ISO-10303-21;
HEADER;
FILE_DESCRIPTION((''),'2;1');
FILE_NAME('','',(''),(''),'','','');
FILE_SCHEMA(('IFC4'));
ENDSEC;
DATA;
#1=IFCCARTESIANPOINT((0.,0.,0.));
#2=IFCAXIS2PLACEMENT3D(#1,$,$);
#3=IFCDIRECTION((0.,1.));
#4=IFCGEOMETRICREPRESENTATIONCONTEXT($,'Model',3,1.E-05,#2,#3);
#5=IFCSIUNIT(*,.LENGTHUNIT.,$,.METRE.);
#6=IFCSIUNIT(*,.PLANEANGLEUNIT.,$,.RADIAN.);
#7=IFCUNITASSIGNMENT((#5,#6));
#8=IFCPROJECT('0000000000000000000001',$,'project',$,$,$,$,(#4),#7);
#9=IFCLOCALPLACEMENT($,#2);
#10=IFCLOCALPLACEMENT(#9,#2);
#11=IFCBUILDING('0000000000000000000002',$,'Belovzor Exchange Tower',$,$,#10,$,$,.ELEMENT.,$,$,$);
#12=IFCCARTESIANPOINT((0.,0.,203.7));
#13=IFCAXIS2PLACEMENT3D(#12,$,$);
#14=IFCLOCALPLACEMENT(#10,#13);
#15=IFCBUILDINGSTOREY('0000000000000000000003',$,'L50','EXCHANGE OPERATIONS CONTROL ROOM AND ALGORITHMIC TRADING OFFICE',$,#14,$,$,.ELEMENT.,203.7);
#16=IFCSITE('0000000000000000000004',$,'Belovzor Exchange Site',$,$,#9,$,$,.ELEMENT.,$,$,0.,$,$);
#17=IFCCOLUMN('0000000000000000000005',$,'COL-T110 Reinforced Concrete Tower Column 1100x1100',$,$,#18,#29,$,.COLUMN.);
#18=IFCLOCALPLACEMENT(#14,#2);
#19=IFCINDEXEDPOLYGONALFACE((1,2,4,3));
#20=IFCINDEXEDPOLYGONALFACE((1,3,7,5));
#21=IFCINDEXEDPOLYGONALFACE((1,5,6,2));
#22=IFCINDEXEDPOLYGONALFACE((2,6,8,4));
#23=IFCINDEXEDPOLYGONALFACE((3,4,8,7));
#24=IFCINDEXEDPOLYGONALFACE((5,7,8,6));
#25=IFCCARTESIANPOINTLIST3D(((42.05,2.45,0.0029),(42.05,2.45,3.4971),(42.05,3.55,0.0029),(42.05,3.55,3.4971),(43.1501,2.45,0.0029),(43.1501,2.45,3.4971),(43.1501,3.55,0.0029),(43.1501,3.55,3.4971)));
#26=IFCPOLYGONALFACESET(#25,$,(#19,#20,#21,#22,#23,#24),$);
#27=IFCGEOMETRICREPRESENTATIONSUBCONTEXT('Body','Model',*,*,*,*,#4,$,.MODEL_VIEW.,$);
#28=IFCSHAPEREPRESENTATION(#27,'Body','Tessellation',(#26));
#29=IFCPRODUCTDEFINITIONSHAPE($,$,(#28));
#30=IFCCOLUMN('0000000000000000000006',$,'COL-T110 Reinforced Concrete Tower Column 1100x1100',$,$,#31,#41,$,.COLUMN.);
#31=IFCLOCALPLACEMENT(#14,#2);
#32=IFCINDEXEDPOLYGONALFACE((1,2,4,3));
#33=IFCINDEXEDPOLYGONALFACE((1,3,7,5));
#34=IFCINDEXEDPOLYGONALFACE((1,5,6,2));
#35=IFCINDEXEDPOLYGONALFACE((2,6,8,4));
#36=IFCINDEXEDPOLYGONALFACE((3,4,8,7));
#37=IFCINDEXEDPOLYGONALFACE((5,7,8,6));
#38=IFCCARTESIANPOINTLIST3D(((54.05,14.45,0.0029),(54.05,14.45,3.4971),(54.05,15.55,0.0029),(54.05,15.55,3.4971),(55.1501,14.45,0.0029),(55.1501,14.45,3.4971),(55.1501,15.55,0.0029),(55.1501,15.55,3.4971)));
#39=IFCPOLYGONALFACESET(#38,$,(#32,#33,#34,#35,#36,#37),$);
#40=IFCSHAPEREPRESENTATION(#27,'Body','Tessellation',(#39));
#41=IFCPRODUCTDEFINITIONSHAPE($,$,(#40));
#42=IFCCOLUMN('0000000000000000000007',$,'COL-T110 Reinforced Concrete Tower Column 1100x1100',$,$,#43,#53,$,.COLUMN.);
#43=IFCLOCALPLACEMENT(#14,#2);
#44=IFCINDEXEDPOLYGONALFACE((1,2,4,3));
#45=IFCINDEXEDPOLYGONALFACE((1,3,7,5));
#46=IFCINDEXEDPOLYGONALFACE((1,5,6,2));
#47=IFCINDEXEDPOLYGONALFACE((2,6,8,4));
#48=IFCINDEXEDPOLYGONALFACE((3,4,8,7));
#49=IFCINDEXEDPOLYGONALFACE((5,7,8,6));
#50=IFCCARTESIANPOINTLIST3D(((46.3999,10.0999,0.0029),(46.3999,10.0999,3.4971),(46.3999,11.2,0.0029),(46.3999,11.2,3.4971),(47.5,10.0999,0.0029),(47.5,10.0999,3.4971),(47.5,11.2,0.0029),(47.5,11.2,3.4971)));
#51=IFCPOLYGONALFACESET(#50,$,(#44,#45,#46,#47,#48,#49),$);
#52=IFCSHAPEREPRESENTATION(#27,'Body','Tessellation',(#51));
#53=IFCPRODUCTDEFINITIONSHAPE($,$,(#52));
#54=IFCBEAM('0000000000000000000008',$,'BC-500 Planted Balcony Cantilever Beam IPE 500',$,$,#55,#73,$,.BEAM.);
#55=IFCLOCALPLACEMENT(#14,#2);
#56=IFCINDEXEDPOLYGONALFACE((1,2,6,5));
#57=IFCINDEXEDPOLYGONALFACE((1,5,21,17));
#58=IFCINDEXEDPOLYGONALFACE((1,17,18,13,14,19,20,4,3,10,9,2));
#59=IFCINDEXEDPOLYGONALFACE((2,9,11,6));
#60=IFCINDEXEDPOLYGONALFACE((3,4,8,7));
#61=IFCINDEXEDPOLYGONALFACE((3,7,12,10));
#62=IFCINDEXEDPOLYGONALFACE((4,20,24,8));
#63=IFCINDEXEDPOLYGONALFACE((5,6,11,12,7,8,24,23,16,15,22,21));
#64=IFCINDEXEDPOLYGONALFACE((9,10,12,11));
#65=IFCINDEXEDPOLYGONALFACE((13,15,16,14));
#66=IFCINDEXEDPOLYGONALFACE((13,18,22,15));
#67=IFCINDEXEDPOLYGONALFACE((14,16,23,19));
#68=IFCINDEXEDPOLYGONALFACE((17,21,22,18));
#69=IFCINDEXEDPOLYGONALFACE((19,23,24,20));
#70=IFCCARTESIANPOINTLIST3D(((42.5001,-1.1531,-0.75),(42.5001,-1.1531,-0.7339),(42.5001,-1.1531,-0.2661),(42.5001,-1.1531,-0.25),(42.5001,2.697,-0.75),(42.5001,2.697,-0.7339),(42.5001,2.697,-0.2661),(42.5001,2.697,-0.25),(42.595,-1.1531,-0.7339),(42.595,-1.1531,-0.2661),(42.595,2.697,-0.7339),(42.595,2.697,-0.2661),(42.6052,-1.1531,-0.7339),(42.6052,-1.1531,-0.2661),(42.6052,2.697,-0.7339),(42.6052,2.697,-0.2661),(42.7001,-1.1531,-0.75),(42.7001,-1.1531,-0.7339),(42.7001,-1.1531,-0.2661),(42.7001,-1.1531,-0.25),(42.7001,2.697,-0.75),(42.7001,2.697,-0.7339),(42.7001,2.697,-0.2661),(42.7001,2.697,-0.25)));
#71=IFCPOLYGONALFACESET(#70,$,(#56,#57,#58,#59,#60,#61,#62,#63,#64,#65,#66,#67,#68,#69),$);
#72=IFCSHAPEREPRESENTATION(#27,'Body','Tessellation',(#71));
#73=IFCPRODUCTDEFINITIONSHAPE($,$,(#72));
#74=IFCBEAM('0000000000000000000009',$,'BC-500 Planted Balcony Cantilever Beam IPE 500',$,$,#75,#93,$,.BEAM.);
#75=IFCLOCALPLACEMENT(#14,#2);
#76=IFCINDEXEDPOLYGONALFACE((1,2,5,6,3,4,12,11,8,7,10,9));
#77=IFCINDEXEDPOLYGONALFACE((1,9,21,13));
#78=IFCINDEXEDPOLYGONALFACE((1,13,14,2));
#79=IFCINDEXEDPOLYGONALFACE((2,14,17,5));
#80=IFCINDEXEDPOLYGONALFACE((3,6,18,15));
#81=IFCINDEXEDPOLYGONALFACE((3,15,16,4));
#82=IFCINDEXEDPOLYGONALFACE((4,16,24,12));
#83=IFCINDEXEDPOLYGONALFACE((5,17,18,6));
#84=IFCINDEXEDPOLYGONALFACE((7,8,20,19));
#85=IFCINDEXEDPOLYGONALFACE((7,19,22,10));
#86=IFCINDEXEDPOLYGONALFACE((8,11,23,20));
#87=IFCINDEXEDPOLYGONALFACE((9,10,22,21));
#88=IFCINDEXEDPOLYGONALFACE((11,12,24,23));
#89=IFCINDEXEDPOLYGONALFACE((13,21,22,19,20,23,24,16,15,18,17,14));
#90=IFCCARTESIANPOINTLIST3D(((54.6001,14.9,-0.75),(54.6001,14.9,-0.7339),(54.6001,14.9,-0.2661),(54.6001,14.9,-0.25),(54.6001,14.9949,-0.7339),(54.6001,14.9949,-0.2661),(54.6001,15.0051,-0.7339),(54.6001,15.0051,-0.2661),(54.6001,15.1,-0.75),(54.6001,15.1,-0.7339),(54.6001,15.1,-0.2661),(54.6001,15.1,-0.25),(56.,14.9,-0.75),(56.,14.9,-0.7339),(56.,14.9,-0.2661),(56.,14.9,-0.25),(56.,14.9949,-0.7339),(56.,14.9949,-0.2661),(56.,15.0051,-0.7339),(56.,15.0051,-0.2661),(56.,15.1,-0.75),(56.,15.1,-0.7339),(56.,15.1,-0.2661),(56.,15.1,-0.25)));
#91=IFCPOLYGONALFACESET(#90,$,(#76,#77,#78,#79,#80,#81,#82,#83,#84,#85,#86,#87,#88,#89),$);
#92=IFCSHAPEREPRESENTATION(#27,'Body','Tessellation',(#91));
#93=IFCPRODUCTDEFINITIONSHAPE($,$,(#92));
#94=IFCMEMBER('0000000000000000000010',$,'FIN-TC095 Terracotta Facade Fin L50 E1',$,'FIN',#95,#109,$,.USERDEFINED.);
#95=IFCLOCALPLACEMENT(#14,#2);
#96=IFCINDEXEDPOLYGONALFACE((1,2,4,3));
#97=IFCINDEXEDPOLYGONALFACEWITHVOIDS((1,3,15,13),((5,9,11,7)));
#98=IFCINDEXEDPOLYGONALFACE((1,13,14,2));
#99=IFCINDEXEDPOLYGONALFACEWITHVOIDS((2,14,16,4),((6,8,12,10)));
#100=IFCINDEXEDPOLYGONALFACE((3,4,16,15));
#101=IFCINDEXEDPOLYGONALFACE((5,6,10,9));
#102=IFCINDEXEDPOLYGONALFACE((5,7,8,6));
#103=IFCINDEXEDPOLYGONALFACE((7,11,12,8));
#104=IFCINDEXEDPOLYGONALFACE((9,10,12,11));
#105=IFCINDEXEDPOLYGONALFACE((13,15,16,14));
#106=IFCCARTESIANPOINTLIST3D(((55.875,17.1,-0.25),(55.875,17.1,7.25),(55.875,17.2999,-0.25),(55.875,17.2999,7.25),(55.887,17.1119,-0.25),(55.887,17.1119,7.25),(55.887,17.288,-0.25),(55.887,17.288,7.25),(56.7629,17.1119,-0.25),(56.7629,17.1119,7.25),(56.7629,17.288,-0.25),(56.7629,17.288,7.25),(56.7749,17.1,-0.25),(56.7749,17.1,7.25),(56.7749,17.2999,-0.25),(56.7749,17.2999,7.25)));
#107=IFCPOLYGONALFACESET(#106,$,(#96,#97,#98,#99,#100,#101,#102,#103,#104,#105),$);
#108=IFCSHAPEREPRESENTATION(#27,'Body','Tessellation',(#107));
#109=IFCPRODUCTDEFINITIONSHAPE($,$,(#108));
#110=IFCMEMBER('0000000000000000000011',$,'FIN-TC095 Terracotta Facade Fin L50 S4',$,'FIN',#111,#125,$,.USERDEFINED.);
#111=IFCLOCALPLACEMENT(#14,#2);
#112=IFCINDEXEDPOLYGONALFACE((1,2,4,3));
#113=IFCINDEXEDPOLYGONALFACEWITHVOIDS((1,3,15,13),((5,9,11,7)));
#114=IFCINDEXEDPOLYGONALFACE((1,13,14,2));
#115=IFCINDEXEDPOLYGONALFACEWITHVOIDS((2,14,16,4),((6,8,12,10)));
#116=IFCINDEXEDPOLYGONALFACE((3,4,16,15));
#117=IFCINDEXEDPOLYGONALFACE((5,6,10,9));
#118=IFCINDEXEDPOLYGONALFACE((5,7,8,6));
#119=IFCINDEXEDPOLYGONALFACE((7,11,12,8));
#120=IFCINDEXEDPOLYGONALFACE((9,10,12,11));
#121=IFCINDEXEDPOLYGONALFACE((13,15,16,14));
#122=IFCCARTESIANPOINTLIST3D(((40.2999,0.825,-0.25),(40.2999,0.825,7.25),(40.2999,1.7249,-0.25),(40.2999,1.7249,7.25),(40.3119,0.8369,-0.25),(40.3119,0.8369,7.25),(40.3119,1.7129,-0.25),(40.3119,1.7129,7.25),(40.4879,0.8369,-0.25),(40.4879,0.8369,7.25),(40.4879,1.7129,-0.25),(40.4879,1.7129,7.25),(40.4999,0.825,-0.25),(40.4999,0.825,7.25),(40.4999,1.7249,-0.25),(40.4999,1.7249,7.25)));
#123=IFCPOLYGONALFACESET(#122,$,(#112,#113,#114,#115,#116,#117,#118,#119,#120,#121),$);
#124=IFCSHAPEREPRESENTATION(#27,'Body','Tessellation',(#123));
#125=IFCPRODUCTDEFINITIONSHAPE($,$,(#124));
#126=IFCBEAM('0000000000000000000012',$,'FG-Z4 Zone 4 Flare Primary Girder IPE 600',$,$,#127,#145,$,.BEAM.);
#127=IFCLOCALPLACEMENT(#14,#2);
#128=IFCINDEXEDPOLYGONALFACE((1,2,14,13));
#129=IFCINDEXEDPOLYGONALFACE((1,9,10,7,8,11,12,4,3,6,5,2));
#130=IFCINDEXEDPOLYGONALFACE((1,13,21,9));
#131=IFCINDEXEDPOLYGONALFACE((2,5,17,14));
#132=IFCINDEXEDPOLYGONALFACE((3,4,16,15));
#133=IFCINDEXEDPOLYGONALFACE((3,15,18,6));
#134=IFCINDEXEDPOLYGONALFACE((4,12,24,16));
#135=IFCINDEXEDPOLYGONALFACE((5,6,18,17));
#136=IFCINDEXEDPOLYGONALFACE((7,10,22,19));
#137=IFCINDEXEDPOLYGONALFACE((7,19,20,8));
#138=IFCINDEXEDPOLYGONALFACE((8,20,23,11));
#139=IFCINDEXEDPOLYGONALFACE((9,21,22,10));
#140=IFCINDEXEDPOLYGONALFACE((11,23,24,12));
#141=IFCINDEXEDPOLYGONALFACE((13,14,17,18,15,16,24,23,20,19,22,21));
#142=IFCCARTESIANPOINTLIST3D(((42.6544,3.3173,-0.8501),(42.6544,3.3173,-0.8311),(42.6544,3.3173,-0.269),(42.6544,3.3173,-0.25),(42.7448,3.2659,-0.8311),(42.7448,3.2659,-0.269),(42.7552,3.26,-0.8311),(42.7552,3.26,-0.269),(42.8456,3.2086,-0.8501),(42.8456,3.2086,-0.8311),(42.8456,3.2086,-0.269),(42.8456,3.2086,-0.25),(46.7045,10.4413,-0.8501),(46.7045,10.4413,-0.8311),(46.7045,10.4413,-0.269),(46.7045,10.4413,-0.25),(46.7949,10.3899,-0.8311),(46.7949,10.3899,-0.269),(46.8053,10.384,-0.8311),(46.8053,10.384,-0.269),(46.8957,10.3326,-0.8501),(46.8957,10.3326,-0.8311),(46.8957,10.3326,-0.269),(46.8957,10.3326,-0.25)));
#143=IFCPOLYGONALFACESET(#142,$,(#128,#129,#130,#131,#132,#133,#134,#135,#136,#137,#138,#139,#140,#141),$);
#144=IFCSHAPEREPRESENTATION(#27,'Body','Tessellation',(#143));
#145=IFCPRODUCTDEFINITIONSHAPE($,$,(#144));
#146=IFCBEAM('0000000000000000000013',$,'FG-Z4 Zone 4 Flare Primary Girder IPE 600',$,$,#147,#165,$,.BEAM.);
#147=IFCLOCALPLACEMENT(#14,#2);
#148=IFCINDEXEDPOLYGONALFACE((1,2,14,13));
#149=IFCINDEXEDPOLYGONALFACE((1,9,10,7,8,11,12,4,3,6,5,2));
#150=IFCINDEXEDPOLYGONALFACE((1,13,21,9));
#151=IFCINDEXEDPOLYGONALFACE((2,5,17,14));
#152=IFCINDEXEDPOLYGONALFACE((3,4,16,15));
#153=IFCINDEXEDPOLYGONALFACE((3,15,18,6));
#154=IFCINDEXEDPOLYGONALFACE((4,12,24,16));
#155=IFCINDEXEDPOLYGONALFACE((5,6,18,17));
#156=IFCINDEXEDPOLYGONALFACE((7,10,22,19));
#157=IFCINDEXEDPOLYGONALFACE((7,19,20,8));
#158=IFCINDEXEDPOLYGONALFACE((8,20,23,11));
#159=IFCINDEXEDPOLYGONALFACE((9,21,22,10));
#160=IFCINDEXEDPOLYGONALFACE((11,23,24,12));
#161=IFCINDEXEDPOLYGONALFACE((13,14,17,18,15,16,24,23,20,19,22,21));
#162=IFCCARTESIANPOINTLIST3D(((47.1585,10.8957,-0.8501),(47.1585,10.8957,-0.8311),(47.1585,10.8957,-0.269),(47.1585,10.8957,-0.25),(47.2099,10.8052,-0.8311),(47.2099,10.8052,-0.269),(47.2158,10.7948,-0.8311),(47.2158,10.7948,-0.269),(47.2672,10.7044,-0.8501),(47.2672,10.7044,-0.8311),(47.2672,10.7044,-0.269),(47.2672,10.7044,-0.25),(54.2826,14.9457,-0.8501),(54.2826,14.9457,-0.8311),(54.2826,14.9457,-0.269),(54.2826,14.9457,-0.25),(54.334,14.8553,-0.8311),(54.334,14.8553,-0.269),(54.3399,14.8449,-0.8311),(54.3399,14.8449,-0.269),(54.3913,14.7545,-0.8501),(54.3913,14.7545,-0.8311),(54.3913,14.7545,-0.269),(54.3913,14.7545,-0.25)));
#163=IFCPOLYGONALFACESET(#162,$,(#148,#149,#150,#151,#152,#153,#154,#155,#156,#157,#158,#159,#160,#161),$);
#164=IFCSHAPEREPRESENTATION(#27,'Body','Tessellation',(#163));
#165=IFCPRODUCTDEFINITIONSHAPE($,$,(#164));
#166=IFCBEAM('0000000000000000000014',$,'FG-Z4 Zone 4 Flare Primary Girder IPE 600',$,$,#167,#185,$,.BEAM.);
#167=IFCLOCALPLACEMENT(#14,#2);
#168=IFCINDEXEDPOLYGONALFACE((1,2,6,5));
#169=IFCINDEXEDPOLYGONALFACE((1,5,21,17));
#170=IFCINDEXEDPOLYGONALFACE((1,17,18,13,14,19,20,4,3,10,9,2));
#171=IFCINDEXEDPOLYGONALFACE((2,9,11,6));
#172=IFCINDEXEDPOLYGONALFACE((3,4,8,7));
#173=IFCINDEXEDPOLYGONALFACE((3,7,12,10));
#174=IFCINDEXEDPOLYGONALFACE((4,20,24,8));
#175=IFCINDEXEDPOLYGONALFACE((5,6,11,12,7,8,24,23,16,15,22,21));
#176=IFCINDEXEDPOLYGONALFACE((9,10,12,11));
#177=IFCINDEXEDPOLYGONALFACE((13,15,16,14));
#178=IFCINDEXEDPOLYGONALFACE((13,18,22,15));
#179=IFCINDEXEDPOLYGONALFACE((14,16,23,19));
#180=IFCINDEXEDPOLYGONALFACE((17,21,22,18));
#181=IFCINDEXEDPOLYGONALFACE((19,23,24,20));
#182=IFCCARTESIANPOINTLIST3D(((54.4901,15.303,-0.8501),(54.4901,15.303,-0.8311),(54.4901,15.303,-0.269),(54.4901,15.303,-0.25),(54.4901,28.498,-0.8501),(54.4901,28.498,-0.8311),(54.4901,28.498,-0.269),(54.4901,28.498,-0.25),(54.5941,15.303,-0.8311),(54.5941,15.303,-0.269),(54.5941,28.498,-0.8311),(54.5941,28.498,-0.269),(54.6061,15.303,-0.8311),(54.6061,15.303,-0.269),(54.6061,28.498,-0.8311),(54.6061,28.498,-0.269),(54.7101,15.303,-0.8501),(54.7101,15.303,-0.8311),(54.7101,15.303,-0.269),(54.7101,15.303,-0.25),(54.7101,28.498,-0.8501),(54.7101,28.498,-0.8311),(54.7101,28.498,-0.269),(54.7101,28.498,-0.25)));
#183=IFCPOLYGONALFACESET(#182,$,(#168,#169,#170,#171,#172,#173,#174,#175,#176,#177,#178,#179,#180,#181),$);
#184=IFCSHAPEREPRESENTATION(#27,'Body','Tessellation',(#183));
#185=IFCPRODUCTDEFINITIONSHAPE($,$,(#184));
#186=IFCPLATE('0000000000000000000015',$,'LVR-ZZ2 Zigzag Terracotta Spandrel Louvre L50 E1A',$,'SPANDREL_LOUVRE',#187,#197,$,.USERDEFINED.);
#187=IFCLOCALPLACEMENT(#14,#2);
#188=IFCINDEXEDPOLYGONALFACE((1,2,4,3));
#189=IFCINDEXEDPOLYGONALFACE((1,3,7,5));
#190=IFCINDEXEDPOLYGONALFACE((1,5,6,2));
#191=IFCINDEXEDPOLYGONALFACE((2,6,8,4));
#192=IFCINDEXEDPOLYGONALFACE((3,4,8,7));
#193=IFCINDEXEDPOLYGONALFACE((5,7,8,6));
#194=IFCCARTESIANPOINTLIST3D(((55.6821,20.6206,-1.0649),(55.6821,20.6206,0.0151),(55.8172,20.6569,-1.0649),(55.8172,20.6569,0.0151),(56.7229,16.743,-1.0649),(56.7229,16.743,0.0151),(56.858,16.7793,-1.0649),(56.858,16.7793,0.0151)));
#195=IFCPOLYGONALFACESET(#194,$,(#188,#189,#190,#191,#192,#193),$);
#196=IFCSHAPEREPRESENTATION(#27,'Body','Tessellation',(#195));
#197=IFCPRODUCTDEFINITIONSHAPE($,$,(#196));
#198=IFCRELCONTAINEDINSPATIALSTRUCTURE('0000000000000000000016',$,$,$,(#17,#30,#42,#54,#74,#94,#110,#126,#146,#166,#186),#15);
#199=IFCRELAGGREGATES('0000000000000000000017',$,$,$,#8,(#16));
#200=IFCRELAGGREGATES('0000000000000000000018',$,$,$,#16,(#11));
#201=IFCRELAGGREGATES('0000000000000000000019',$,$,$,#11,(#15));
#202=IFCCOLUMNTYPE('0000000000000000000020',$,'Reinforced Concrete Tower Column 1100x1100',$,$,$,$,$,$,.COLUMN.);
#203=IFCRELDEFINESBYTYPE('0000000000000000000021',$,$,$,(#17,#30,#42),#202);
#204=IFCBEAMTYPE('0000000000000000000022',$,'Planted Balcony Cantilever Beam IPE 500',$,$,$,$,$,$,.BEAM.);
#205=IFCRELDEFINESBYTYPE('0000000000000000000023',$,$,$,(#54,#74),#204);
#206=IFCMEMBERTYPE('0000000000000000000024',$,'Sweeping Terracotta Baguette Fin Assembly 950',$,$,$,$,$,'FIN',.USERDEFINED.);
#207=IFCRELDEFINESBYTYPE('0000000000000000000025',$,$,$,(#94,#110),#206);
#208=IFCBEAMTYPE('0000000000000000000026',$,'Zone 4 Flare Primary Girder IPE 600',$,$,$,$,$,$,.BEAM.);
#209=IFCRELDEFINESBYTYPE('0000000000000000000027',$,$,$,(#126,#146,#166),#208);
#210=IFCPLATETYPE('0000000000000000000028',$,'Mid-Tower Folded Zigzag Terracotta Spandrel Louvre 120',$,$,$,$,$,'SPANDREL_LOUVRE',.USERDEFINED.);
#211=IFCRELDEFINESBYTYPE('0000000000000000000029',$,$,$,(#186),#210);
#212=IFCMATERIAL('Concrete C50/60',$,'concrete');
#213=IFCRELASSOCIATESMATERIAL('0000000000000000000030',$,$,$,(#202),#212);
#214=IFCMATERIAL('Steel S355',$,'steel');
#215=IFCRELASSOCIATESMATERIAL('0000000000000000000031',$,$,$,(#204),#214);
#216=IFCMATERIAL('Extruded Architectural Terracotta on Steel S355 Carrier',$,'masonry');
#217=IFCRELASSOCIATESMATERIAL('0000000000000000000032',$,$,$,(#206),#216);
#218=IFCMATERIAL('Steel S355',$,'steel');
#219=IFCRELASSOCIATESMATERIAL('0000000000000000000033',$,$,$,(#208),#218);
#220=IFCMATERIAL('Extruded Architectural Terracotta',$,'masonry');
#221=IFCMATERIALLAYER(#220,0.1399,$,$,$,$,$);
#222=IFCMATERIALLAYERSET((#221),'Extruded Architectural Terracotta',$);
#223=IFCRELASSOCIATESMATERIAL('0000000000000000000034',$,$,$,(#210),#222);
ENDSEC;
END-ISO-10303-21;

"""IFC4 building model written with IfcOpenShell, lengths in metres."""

from ifc_helpers import new_model, si_unit, direction, frame, origin, origin_2d, place, context, subcontext, project, spatial, rectangle, hollow_rectangle, i_section, extrude, material, layer, layer_set, material_profile, profile_set, type_object, element, save


model = new_model("IFC4")

# Units and contexts
model_context = context("Model", 3, precision=1e-05, world=origin(), true_north=direction((0.0, 1.0)))
body_context = subcontext(model_context, "Body", "Model", "MODEL_VIEW")
ifc_project = project(units=[si_unit("LENGTHUNIT", "METRE"), si_unit("PLANEANGLEUNIT", "RADIAN")], contexts=[model_context])

# Site, building, storey
site_placement = place(None, origin())
site = spatial("IfcSite", under=ifc_project, at=site_placement, Name="Belovzor Exchange Site", CompositionType="ELEMENT", RefElevation=0.0)
building_placement = place(site_placement, origin())
building = spatial("IfcBuilding", under=site, at=building_placement, Name="Belovzor Exchange Tower", CompositionType="ELEMENT")
storey_placement = place(building_placement, frame((0.0, 0.0, 203.7)))
storey = spatial("IfcBuildingStorey", under=building, at=storey_placement, Name="L50", Description="EXCHANGE OPERATIONS CONTROL ROOM AND ALGORITHMIC TRADING OFFICE", CompositionType="ELEMENT", Elevation=203.7)

# Columns
ifc_material_1 = material(Name="Concrete C50/60", Category="concrete")
ifc_material_profile_1 = material_profile(ifc_material_1, rectangle(XDim=1.1001, YDim=1.1001, at=origin_2d()))
ifc_profile_set_1 = profile_set([ifc_material_profile_1], Name="Concrete C50/60")
column_type = type_object("IfcColumnType", Name="Reinforced Concrete Tower Column 1100x1100", PredefinedType="COLUMN", material=ifc_profile_set_1)
for number, where, z_axis, x_axis, name in (
    (1, (42.6001, 3.0, 0.0029), (0.0, 0.0, 1.0), (1.0, 0.0, 0.0), "COL-T110 Reinforced Concrete Tower Column 1100x1100"),
    (2, (54.6001, 15.0, 0.0029), (0.0, 0.0, 1.0), (1.0, 0.0, 0.0), "COL-T110 Reinforced Concrete Tower Column 1100x1100"),
    (3, (46.95, 10.6499, 0.0029), (0.0, 0.0, 1.0), (1.0, 0.0, 0.0), "COL-T110 Reinforced Concrete Tower Column 1100x1100"),
):
    element("IfcColumn", number, at=place(storey_placement, frame(where, z_axis=z_axis, x_axis=x_axis)), inside=storey, type_object=column_type, Name=name, PredefinedType="COLUMN", context=body_context, shape_type="SweptSolid", body=[
        extrude(rectangle(XDim=1.1001, YDim=1.1001, at=origin_2d()), origin(), (0.0, 0.0, 1.0), 3.4941),
    ])

# Beams
ifc_material_2 = material(Name="Steel S355", Category="steel")
ifc_material_profile_2 = material_profile(ifc_material_2, i_section(OverallWidth=0.2, OverallDepth=0.5, WebThickness=0.0103, FlangeThickness=0.0161, at=origin_2d()))
ifc_profile_set_2 = profile_set([ifc_material_profile_2], Name="Steel S355")
beam_type_1 = type_object("IfcBeamType", Name="Planted Balcony Cantilever Beam IPE 500", PredefinedType="BEAM", material=ifc_profile_set_2)
beam_1_placement = place(storey_placement, frame((42.6001, 2.697, -0.5), z_axis=(0.0, -1.0, 0.0), x_axis=(1.0, 0.0, 0.0)))
element("IfcBeam", 4, at=beam_1_placement, inside=storey, type_object=beam_type_1, Name="BC-500 Planted Balcony Cantilever Beam IPE 500", PredefinedType="BEAM", context=body_context, shape_type="SweptSolid", body=[
    extrude(i_section(OverallWidth=0.2, OverallDepth=0.5, WebThickness=0.0103, FlangeThickness=0.0161, at=origin_2d()), origin(), (0.0, 0.0, 1.0), 3.8501),
])
beam_2_placement = place(storey_placement, frame((54.6001, 15.0, -0.5), z_axis=(1.0, 0.0, 0.0), x_axis=(0.0, 1.0, 0.0)))
element("IfcBeam", 5, at=beam_2_placement, inside=storey, type_object=beam_type_1, Name="BC-500 Planted Balcony Cantilever Beam IPE 500", PredefinedType="BEAM", context=body_context, shape_type="SweptSolid", body=[
    extrude(i_section(OverallWidth=0.2, OverallDepth=0.5, WebThickness=0.0103, FlangeThickness=0.0161, at=origin_2d()), origin(), (0.0, 0.0, 1.0), 1.3999),
])

# Members
ifc_material_3 = material(Name="Extruded Architectural Terracotta on Steel S355 Carrier", Category="masonry")
ifc_material_profile_3 = material_profile(ifc_material_3, hollow_rectangle(XDim=0.2, YDim=0.8999, WallThickness=0.012, at=origin_2d()))
ifc_profile_set_3 = profile_set([ifc_material_profile_3], Name="Extruded Architectural Terracotta on Steel S355 Carrier")
member_type = type_object("IfcMemberType", Name="Sweeping Terracotta Baguette Fin Assembly 950", ElementType="FIN", PredefinedType="USERDEFINED", material=ifc_profile_set_3)
for number, where, z_axis, x_axis, name in (
    (6, (56.325, 17.2, -0.25), (0.0, 0.0, 1.0), (0.0, 1.0, 0.0), "FIN-TC095 Terracotta Facade Fin L50 E1"),
    (7, (40.3999, 1.2749, -0.25), (0.0, 0.0, 1.0), (1.0, 0.0, 0.0), "FIN-TC095 Terracotta Facade Fin L50 S4"),
):
    element("IfcMember", number, at=place(storey_placement, frame(where, z_axis=z_axis, x_axis=x_axis)), inside=storey, type_object=member_type, Name=name, ObjectType="FIN", PredefinedType="USERDEFINED", context=body_context, shape_type="SweptSolid", body=[
        extrude(hollow_rectangle(XDim=0.2, YDim=0.8999, WallThickness=0.012, at=origin_2d()), origin(), (0.0, 0.0, 1.0), 7.5),
    ])

# Beams
ifc_material_4 = material(Name="Steel S355", Category="steel")
ifc_material_profile_4 = material_profile(ifc_material_4, i_section(OverallWidth=0.22, OverallDepth=0.6001, WebThickness=0.012, FlangeThickness=0.019, at=origin_2d()))
ifc_profile_set_4 = profile_set([ifc_material_profile_4], Name="Steel S355")
beam_type_2 = type_object("IfcBeamType", Name="Zone 4 Flare Primary Girder IPE 600", PredefinedType="BEAM", material=ifc_profile_set_4)
for number, where, z_axis, x_axis, name in (
    (8, (42.75, 3.2629, -0.55), (0.494222, 0.869336, 0.0), (-0.869336, 0.494222, 0.0), "FG-Z4 Zone 4 Flare Primary Girder IPE 600"),
    (9, (47.2129, 10.8, -0.55), (0.869336, 0.494222, 0.0), (-0.494222, 0.869336, 0.0), "FG-Z4 Zone 4 Flare Primary Girder IPE 600"),
):
    element("IfcBeam", number, at=place(storey_placement, frame(where, z_axis=z_axis, x_axis=x_axis)), inside=storey, type_object=beam_type_2, Name=name, PredefinedType="BEAM", context=body_context, shape_type="SweptSolid", body=[
        extrude(i_section(OverallWidth=0.22, OverallDepth=0.6001, WebThickness=0.012, FlangeThickness=0.019, at=origin_2d()), origin(), (0.0, 0.0, 1.0), 8.1948),
    ])
beam_3_placement = place(storey_placement, frame((54.6001, 15.303, -0.55), z_axis=(0.0, 1.0, 0.0), x_axis=(-1.0, 0.0, 0.0)))
element("IfcBeam", 10, at=beam_3_placement, inside=storey, type_object=beam_type_2, Name="FG-Z4 Zone 4 Flare Primary Girder IPE 600", PredefinedType="BEAM", context=body_context, shape_type="SweptSolid", body=[
    extrude(i_section(OverallWidth=0.22, OverallDepth=0.6001, WebThickness=0.012, FlangeThickness=0.019, at=origin_2d()), origin(), (0.0, 0.0, 1.0), 13.1951),
])

# Plate
ifc_material_5 = material(Name="Extruded Architectural Terracotta", Category="masonry")
ifc_layer_1 = layer(ifc_material_5, 0.1399)
ifc_layer_set_1 = layer_set([ifc_layer_1], Name="Extruded Architectural Terracotta")
plate_type = type_object("IfcPlateType", Name="Mid-Tower Folded Zigzag Terracotta Spandrel Louvre 120", ElementType="SPANDREL_LOUVRE", PredefinedType="USERDEFINED", material=ifc_layer_set_1)
plate_placement = place(storey_placement, frame((56.27, 18.7, -1.0649), z_axis=(0.0, 0.0, 1.0), x_axis=(-0.25924, 0.965813, 0.0)))
element("IfcPlate", 11, at=plate_placement, inside=storey, type_object=plate_type, Name="LVR-ZZ2 Zigzag Terracotta Spandrel Louvre L50 E1A", ObjectType="SPANDREL_LOUVRE", PredefinedType="USERDEFINED", context=body_context, shape_type="SweptSolid", body=[
    extrude(rectangle(XDim=4.0149, YDim=0.1399, at=origin_2d()), origin(), (0.0, 0.0, 1.0), 1.0801),
])

save(model, "model.ifc")
